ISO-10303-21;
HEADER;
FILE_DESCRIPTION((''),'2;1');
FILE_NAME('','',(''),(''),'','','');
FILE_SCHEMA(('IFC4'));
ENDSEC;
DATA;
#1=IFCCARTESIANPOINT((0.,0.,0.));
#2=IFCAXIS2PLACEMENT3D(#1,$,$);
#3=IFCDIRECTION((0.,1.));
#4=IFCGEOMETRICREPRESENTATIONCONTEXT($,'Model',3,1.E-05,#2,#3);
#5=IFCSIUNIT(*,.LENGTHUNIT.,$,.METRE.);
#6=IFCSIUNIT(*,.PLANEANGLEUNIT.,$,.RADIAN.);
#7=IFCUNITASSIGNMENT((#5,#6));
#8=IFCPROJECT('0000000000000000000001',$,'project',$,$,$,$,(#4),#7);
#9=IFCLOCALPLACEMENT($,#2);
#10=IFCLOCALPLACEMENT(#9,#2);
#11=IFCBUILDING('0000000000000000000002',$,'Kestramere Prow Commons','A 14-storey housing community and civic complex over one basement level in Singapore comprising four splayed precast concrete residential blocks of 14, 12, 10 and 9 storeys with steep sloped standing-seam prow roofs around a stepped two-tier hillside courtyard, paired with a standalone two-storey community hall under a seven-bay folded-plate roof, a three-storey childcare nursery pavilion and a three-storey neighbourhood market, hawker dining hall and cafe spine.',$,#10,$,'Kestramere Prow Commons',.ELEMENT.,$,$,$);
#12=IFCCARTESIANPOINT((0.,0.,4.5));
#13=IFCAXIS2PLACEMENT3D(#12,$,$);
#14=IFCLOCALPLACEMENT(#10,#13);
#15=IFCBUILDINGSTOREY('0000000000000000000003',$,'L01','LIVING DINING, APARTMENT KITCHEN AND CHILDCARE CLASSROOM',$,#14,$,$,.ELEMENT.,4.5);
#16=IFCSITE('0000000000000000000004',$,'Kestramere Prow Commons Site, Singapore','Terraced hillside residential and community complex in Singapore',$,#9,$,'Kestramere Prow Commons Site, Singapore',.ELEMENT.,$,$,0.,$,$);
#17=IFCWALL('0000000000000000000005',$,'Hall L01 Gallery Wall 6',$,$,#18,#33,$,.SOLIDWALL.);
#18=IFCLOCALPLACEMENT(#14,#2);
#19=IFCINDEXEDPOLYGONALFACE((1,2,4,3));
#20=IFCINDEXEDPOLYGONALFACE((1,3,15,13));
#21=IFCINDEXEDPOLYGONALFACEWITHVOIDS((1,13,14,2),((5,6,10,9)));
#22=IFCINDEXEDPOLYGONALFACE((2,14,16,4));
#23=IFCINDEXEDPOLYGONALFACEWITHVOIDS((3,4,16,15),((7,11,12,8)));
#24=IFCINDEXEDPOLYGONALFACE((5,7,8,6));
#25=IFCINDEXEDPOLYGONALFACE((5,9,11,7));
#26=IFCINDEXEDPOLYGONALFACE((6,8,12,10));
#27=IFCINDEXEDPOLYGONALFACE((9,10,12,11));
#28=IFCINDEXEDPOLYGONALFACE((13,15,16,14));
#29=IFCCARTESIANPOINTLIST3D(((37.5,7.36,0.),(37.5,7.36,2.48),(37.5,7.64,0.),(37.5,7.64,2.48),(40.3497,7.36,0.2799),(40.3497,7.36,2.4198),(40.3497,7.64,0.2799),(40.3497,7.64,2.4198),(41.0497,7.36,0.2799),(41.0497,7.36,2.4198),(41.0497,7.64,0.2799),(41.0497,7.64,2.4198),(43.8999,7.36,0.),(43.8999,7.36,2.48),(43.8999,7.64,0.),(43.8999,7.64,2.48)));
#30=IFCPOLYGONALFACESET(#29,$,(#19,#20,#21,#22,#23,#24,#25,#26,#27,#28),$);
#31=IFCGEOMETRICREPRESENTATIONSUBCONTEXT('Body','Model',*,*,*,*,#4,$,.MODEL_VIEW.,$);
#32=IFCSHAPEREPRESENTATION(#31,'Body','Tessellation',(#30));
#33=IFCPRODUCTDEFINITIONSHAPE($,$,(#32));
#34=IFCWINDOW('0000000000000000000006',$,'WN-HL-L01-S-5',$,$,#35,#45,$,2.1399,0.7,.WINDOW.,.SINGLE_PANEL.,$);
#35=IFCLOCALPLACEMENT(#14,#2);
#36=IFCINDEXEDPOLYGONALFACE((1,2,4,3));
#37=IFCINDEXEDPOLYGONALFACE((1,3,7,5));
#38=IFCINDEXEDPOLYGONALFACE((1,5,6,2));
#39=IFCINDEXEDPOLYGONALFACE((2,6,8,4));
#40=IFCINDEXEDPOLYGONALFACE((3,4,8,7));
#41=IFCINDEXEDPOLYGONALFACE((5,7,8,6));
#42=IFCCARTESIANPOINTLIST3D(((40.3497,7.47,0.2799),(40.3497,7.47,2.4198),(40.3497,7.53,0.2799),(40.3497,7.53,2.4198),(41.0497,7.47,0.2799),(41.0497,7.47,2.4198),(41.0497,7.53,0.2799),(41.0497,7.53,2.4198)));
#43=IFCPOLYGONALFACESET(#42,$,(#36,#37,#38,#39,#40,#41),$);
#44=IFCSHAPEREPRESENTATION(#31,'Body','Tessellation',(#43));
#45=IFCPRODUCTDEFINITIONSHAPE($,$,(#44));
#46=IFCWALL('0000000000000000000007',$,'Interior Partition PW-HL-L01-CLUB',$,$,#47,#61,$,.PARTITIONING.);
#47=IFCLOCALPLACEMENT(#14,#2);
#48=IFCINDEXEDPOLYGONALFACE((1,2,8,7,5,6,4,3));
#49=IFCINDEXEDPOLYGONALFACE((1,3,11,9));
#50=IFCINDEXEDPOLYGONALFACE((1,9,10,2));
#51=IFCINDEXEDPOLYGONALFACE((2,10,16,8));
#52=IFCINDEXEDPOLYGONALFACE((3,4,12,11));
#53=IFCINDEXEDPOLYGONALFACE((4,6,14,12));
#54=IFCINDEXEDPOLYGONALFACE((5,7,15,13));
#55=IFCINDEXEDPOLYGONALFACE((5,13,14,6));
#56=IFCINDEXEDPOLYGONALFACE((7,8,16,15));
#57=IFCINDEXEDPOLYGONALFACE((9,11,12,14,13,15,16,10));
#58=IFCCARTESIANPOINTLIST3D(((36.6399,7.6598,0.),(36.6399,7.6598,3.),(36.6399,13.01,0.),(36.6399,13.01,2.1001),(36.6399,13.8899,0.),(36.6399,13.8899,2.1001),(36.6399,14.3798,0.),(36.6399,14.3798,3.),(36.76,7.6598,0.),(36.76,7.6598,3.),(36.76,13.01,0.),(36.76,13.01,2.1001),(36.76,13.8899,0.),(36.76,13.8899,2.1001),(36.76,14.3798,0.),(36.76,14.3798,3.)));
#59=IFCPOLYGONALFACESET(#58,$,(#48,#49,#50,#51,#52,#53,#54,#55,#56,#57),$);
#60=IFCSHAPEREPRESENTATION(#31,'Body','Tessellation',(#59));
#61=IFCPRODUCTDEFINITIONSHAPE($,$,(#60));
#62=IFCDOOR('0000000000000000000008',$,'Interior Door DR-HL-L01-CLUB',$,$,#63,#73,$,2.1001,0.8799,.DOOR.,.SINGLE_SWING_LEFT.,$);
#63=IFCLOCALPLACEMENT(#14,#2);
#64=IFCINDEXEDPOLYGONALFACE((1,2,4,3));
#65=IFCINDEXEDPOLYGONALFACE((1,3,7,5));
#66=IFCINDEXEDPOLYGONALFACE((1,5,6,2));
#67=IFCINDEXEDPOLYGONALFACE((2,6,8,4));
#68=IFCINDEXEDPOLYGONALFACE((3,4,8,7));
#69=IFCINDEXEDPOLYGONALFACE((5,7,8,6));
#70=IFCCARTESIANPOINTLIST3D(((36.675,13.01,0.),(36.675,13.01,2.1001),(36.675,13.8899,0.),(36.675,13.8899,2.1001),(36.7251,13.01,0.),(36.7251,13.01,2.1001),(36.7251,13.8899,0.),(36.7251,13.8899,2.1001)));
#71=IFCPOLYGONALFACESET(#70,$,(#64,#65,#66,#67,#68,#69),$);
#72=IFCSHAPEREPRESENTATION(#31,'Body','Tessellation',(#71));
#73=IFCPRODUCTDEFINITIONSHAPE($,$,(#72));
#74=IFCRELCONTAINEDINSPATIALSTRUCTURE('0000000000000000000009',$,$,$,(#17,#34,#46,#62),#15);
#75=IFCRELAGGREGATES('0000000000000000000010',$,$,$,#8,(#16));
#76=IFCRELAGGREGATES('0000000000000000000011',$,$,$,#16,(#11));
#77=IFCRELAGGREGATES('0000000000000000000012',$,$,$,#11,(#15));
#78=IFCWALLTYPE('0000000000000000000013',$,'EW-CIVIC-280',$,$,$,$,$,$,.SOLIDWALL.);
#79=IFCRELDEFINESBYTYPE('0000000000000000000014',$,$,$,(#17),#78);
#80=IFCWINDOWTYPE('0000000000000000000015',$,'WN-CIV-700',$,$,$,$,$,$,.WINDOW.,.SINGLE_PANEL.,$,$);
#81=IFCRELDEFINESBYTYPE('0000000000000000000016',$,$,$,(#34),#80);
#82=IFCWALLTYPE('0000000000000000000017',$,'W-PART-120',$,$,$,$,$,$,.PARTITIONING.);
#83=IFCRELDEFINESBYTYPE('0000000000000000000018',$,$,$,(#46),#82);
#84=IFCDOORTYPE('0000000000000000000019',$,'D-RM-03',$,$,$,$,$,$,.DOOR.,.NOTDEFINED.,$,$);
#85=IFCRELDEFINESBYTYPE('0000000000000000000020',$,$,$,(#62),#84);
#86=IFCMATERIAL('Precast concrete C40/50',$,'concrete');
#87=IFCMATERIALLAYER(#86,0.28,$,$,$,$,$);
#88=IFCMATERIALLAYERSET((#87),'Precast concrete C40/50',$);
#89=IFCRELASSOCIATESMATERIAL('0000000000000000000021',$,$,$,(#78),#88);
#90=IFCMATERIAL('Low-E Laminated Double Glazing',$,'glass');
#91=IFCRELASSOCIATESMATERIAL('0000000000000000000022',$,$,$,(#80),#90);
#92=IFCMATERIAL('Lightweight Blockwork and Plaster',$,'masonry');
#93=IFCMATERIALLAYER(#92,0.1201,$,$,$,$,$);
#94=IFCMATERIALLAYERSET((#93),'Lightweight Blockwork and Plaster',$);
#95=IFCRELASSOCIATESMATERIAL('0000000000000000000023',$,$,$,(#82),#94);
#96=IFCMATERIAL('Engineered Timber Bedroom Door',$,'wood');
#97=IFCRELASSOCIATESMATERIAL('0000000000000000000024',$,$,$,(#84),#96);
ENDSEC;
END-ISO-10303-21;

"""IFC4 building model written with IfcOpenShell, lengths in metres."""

from ifc_helpers import new_model, si_unit, direction, frame, frame_2d, origin, place, context, subcontext, project, spatial, rectangle, extrude, material, layer, layer_set, type_object, element, fill, save


model = new_model("IFC4")

# Units and contexts
model_context = context("Model", 3, precision=1e-05, world=origin(), true_north=direction((0.0, 1.0)))
body_context = subcontext(model_context, "Body", "Model", "MODEL_VIEW")
ifc_project = project(units=[si_unit("LENGTHUNIT", "METRE"), si_unit("PLANEANGLEUNIT", "RADIAN")], contexts=[model_context])

# Site, building, storey
site_placement = place(None, origin())
site = spatial("IfcSite", under=ifc_project, at=site_placement, Name="Kestramere Prow Commons Site, Singapore", Description="Terraced hillside residential and community complex in Singapore", LongName="Kestramere Prow Commons Site, Singapore", CompositionType="ELEMENT", RefElevation=0.0)
building_placement = place(site_placement, origin())
building = spatial("IfcBuilding", under=site, at=building_placement, Name="Kestramere Prow Commons", Description="A 14-storey housing community and civic complex over one basement level in Singapore comprising four splayed precast concrete residential blocks of 14, 12, 10 and 9 storeys with steep sloped standing-seam prow roofs around a stepped two-tier hillside courtyard, paired with a standalone two-storey community hall under a seven-bay folded-plate roof, a three-storey childcare nursery pavilion and a three-storey neighbourhood market, hawker dining hall and cafe spine.", LongName="Kestramere Prow Commons", CompositionType="ELEMENT")
storey_placement = place(building_placement, frame((0.0, 0.0, 4.5)))
storey = spatial("IfcBuildingStorey", under=building, at=storey_placement, Name="L01", Description="LIVING DINING, APARTMENT KITCHEN AND CHILDCARE CLASSROOM", CompositionType="ELEMENT", Elevation=4.5)

# Shared definitions
ifc_material_1 = material(Name="Precast concrete C40/50", Category="concrete")

# Wall, opening, window
ifc_layer_1 = layer(ifc_material_1, 0.28)
ifc_layer_set_1 = layer_set([ifc_layer_1], Name="Precast concrete C40/50")
wall_type_1 = type_object("IfcWallType", Name="EW-CIVIC-280", PredefinedType="SOLIDWALL", material=ifc_layer_set_1)
ifc_material_2 = material(Name="Low-E Laminated Double Glazing", Category="glass")
window_type = type_object("IfcWindowType", Name="WN-CIV-700", PartitioningType="SINGLE_PANEL", PredefinedType="WINDOW", material=ifc_material_2)
wall_1_placement = place(storey_placement, frame((43.8999, 7.5, 0.0), z_axis=(0.0, 0.0, 1.0), x_axis=(-1.0, 0.0, 0.0)))
wall_1 = element("IfcWall", 1, at=wall_1_placement, inside=storey, type_object=wall_type_1, Name="Hall L01 Gallery Wall 6", PredefinedType="SOLIDWALL", context=body_context, shape_type="SweptSolid", body=[
    extrude(rectangle(XDim=6.3999, YDim=0.28, at=frame_2d((3.2, 0.0))), origin(), (0.0, 0.0, 1.0), 2.48),
])
opening_1_placement = place(wall_1_placement, frame((2.8501, 0.0, 0.28)))
opening_1 = element("IfcOpeningElement", 2, at=opening_1_placement, cuts=wall_1, PredefinedType="OPENING", context=body_context, shape_type="SweptSolid", body=[
    extrude(rectangle(XDim=0.7, YDim=2.1399, at=frame_2d((0.3501, 1.0698))), frame((0.0, 0.155, 0.0), z_axis=(0.0, -1.0, 0.0), x_axis=(1.0, 0.0, 0.0)), (0.0, 0.0, 1.0), 0.3101),
])
window_1_placement = place(opening_1_placement, origin())
window_1 = element("IfcWindow", 3, at=window_1_placement, inside=storey, type_object=window_type, Name="WN-HL-L01-S-5", OverallHeight=2.1399, OverallWidth=0.7, PartitioningType="SINGLE_PANEL", PredefinedType="WINDOW", context=body_context, shape_type="SweptSolid", body=[
    extrude(rectangle(XDim=0.7, YDim=2.1399, at=frame_2d((0.3501, 1.0698))), frame((0.0, 0.03, 0.0), z_axis=(0.0, -1.0, 0.0), x_axis=(1.0, 0.0, 0.0)), (0.0, 0.0, 1.0), 0.0601),
])
fill(opening_1, window_1)

# Wall, opening, door
ifc_material_3 = material(Name="Lightweight Blockwork and Plaster", Category="masonry")
ifc_layer_2 = layer(ifc_material_3, 0.1201)
ifc_layer_set_2 = layer_set([ifc_layer_2], Name="Lightweight Blockwork and Plaster")
wall_type_2 = type_object("IfcWallType", Name="W-PART-120", PredefinedType="PARTITIONING", material=ifc_layer_set_2)
wall_2_placement = place(storey_placement, frame((36.7, 7.6599, 0.0), z_axis=(0.0, 0.0, 1.0), x_axis=(0.0, 1.0, 0.0)))
wall_2 = element("IfcWall", 4, at=wall_2_placement, inside=storey, type_object=wall_type_2, Name="Interior Partition PW-HL-L01-CLUB", PredefinedType="PARTITIONING", context=body_context, shape_type="SweptSolid", body=[
    extrude(rectangle(XDim=6.72, YDim=0.1201, at=frame_2d((3.3599, 0.0))), origin(), (0.0, 0.0, 1.0), 3.0),
])
opening_2_placement = place(wall_2_placement, frame((5.3501, 0.0, 0.0)))
opening_2 = element("IfcOpeningElement", 5, at=opening_2_placement, cuts=wall_2, PredefinedType="OPENING", context=body_context, shape_type="SweptSolid", body=[
    extrude(rectangle(XDim=0.8799, YDim=2.1001, at=frame_2d((0.4399, 1.05))), frame((0.0, 0.075, 0.0), z_axis=(0.0, -1.0, 0.0), x_axis=(1.0, 0.0, 0.0)), (0.0, 0.0, 1.0), 0.1501),
])
ifc_material_4 = material(Name="Engineered Timber Bedroom Door", Category="wood")
door_type = type_object("IfcDoorType", Name="D-RM-03", OperationType="NOTDEFINED", PredefinedType="DOOR", material=ifc_material_4)
door_placement = place(opening_2_placement, origin())
door = element("IfcDoor", 6, at=door_placement, inside=storey, type_object=door_type, Name="Interior Door DR-HL-L01-CLUB", OperationType="SINGLE_SWING_LEFT", OverallHeight=2.1001, OverallWidth=0.8799, PredefinedType="DOOR", context=body_context, shape_type="SweptSolid", body=[
    extrude(rectangle(XDim=0.8799, YDim=2.1001, at=frame_2d((0.4399, 1.05))), frame((0.0, 0.0249, 0.0), z_axis=(0.0, -1.0, 0.0), x_axis=(1.0, 0.0, 0.0)), (0.0, 0.0, 1.0), 0.05),
])
fill(opening_2, door)

save(model, "model.ifc")
